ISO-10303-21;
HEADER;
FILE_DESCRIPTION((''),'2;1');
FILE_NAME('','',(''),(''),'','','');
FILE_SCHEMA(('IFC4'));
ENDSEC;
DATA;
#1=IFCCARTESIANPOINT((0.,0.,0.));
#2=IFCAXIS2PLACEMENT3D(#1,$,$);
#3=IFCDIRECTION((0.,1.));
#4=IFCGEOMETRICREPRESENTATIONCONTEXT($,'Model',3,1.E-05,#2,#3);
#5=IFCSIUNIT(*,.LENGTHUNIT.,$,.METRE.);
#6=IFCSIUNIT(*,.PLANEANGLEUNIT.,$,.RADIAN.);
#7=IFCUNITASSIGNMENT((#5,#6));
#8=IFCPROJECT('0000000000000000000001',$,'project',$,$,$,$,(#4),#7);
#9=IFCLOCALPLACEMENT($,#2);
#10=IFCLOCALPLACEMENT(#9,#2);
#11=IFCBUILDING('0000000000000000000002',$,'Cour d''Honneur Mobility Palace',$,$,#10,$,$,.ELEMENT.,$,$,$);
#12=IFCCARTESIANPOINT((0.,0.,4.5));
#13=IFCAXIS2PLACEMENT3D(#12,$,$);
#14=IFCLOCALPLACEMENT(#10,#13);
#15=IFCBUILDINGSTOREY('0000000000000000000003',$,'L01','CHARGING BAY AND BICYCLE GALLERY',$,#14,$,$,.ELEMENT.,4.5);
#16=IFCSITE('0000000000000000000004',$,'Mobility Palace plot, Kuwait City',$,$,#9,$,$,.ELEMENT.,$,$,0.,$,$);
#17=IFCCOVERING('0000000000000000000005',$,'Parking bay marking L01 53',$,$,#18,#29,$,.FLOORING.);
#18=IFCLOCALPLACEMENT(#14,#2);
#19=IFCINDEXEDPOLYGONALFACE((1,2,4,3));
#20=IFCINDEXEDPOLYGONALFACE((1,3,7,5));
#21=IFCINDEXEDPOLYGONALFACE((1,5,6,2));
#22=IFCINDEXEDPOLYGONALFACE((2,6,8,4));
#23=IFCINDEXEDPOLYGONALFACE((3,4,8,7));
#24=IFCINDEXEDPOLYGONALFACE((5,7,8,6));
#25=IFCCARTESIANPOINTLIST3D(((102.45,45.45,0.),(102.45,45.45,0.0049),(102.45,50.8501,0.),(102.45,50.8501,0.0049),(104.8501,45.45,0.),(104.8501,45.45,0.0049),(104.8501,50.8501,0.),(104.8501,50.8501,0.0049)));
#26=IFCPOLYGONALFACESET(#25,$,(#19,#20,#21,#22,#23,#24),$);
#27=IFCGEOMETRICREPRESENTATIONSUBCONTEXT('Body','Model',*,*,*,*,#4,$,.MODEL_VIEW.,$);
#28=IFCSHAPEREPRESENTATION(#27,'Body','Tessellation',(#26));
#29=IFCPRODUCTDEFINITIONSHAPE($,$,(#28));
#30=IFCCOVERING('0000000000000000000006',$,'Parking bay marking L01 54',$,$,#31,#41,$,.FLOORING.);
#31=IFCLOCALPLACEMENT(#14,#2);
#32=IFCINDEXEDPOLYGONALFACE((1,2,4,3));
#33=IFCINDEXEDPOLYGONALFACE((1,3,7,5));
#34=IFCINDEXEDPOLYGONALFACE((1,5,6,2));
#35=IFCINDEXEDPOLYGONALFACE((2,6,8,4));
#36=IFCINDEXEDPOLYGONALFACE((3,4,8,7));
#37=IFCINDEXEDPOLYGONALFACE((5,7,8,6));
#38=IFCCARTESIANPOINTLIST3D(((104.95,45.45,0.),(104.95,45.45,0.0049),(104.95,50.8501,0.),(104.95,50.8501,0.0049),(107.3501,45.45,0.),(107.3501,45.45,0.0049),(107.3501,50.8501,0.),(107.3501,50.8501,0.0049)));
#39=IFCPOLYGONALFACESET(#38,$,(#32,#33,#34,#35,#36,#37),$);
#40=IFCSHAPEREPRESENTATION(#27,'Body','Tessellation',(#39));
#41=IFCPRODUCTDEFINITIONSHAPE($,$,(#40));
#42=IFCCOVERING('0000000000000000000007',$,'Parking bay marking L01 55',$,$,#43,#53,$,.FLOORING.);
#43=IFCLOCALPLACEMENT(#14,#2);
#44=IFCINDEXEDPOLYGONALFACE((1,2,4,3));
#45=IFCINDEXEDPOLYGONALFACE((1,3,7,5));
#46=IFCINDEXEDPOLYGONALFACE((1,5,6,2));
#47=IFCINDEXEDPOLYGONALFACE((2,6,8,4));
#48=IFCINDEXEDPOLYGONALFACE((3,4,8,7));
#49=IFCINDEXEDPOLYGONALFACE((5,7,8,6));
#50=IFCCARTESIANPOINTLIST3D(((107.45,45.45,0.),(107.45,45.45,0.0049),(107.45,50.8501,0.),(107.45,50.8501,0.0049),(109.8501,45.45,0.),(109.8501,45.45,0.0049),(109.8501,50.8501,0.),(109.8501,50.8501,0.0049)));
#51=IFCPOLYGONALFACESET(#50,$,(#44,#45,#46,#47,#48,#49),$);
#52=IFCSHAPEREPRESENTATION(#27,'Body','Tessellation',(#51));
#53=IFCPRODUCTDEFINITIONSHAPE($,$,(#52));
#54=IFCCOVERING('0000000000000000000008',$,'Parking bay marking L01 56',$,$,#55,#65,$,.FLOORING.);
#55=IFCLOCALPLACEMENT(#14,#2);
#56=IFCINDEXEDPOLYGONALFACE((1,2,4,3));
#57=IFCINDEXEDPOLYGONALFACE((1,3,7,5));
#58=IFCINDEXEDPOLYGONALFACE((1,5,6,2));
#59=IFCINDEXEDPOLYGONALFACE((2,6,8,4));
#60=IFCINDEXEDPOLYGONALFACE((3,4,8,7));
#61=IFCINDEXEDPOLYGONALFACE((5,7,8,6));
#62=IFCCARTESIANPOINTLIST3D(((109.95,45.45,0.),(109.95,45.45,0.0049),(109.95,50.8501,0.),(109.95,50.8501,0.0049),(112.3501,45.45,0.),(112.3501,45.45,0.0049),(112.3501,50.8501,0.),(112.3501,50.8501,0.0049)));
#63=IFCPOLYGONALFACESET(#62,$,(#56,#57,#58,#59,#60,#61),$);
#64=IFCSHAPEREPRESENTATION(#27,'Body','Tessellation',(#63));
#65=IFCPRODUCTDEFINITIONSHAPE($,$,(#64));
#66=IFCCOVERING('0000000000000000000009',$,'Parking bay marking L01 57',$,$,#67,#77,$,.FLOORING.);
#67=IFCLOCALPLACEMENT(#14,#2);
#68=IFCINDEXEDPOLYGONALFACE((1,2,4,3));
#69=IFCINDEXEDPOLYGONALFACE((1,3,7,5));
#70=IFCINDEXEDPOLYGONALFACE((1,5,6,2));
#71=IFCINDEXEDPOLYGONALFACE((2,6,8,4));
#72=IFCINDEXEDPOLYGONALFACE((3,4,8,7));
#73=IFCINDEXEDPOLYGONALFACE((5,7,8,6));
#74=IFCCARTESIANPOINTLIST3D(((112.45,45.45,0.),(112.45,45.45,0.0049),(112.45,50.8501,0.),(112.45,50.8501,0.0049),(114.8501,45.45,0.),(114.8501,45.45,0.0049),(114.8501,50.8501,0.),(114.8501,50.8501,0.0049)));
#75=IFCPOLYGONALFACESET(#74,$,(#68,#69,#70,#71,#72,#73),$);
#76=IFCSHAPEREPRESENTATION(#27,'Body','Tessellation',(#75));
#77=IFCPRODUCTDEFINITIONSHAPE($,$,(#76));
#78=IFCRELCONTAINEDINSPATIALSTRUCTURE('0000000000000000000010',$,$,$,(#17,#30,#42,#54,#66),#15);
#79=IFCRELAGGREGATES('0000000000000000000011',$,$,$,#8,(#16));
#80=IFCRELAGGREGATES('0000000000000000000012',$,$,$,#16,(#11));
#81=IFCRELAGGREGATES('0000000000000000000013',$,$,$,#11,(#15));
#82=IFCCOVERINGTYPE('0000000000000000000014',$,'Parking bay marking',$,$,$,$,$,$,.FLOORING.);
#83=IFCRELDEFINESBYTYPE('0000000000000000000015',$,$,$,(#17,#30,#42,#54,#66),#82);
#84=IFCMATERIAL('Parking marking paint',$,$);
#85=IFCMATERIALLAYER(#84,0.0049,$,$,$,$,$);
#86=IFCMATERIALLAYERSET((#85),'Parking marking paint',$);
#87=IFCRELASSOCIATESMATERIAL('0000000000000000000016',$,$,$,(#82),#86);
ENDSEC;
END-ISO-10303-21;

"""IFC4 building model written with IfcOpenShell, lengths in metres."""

from ifc_helpers import new_model, si_unit, direction, frame, origin, place, context, subcontext, project, spatial, polyline, outline, extrude, material, layer, layer_set, type_object, element, save


model = new_model("IFC4")

# Units and contexts
model_context = context("Model", 3, precision=1e-05, world=origin(), true_north=direction((0.0, 1.0)))
body_context = subcontext(model_context, "Body", "Model", "MODEL_VIEW")
ifc_project = project(units=[si_unit("LENGTHUNIT", "METRE"), si_unit("PLANEANGLEUNIT", "RADIAN")], contexts=[model_context])

# Site, building, storey
site_placement = place(None, origin())
site = spatial("IfcSite", under=ifc_project, at=site_placement, Name="Mobility Palace plot, Kuwait City", CompositionType="ELEMENT", RefElevation=0.0)
building_placement = place(site_placement, origin())
building = spatial("IfcBuilding", under=site, at=building_placement, Name="Cour d'Honneur Mobility Palace", CompositionType="ELEMENT")
storey_placement = place(building_placement, frame((0.0, 0.0, 4.5)))
storey = spatial("IfcBuildingStorey", under=building, at=storey_placement, Name="L01", Description="CHARGING BAY AND BICYCLE GALLERY", CompositionType="ELEMENT", Elevation=4.5)

# Coverings
ifc_material_1 = material(Name="Parking marking paint")
ifc_layer_1 = layer(ifc_material_1, 0.0049)
ifc_layer_set_1 = layer_set([ifc_layer_1], Name="Parking marking paint")
covering_type = type_object("IfcCoveringType", Name="Parking bay marking", PredefinedType="FLOORING", material=ifc_layer_set_1)
covering_1_placement = place(storey_placement, origin())
element("IfcCovering", 1, at=covering_1_placement, inside=storey, type_object=covering_type, Name="Parking bay marking L01 53", PredefinedType="FLOORING", context=body_context, shape_type="SweptSolid", body=[
    extrude(outline(polyline([(104.8501, 45.45), (102.45, 45.45), (102.45, 50.8501), (104.8501, 50.8501), (104.8501, 45.45)])), origin(), (0.0, 0.0, 1.0), 0.0049),
])
covering_2_placement = place(storey_placement, origin())
element("IfcCovering", 2, at=covering_2_placement, inside=storey, type_object=covering_type, Name="Parking bay marking L01 54", PredefinedType="FLOORING", context=body_context, shape_type="SweptSolid", body=[
    extrude(outline(polyline([(107.3501, 45.45), (104.95, 45.45), (104.95, 50.8501), (107.3501, 50.8501), (107.3501, 45.45)])), origin(), (0.0, 0.0, 1.0), 0.0049),
])
covering_3_placement = place(storey_placement, origin())
element("IfcCovering", 3, at=covering_3_placement, inside=storey, type_object=covering_type, Name="Parking bay marking L01 55", PredefinedType="FLOORING", context=body_context, shape_type="SweptSolid", body=[
    extrude(outline(polyline([(109.8501, 45.45), (107.45, 45.45), (107.45, 50.8501), (109.8501, 50.8501), (109.8501, 45.45)])), origin(), (0.0, 0.0, 1.0), 0.0049),
])
covering_4_placement = place(storey_placement, origin())
element("IfcCovering", 4, at=covering_4_placement, inside=storey, type_object=covering_type, Name="Parking bay marking L01 56", PredefinedType="FLOORING", context=body_context, shape_type="SweptSolid", body=[
    extrude(outline(polyline([(112.3501, 45.45), (109.95, 45.45), (109.95, 50.8501), (112.3501, 50.8501), (112.3501, 45.45)])), origin(), (0.0, 0.0, 1.0), 0.0049),
])
covering_5_placement = place(storey_placement, origin())
element("IfcCovering", 5, at=covering_5_placement, inside=storey, type_object=covering_type, Name="Parking bay marking L01 57", PredefinedType="FLOORING", context=body_context, shape_type="SweptSolid", body=[
    extrude(outline(polyline([(114.8501, 45.45), (112.45, 45.45), (112.45, 50.8501), (114.8501, 50.8501), (114.8501, 45.45)])), origin(), (0.0, 0.0, 1.0), 0.0049),
])

save(model, "model.ifc")
